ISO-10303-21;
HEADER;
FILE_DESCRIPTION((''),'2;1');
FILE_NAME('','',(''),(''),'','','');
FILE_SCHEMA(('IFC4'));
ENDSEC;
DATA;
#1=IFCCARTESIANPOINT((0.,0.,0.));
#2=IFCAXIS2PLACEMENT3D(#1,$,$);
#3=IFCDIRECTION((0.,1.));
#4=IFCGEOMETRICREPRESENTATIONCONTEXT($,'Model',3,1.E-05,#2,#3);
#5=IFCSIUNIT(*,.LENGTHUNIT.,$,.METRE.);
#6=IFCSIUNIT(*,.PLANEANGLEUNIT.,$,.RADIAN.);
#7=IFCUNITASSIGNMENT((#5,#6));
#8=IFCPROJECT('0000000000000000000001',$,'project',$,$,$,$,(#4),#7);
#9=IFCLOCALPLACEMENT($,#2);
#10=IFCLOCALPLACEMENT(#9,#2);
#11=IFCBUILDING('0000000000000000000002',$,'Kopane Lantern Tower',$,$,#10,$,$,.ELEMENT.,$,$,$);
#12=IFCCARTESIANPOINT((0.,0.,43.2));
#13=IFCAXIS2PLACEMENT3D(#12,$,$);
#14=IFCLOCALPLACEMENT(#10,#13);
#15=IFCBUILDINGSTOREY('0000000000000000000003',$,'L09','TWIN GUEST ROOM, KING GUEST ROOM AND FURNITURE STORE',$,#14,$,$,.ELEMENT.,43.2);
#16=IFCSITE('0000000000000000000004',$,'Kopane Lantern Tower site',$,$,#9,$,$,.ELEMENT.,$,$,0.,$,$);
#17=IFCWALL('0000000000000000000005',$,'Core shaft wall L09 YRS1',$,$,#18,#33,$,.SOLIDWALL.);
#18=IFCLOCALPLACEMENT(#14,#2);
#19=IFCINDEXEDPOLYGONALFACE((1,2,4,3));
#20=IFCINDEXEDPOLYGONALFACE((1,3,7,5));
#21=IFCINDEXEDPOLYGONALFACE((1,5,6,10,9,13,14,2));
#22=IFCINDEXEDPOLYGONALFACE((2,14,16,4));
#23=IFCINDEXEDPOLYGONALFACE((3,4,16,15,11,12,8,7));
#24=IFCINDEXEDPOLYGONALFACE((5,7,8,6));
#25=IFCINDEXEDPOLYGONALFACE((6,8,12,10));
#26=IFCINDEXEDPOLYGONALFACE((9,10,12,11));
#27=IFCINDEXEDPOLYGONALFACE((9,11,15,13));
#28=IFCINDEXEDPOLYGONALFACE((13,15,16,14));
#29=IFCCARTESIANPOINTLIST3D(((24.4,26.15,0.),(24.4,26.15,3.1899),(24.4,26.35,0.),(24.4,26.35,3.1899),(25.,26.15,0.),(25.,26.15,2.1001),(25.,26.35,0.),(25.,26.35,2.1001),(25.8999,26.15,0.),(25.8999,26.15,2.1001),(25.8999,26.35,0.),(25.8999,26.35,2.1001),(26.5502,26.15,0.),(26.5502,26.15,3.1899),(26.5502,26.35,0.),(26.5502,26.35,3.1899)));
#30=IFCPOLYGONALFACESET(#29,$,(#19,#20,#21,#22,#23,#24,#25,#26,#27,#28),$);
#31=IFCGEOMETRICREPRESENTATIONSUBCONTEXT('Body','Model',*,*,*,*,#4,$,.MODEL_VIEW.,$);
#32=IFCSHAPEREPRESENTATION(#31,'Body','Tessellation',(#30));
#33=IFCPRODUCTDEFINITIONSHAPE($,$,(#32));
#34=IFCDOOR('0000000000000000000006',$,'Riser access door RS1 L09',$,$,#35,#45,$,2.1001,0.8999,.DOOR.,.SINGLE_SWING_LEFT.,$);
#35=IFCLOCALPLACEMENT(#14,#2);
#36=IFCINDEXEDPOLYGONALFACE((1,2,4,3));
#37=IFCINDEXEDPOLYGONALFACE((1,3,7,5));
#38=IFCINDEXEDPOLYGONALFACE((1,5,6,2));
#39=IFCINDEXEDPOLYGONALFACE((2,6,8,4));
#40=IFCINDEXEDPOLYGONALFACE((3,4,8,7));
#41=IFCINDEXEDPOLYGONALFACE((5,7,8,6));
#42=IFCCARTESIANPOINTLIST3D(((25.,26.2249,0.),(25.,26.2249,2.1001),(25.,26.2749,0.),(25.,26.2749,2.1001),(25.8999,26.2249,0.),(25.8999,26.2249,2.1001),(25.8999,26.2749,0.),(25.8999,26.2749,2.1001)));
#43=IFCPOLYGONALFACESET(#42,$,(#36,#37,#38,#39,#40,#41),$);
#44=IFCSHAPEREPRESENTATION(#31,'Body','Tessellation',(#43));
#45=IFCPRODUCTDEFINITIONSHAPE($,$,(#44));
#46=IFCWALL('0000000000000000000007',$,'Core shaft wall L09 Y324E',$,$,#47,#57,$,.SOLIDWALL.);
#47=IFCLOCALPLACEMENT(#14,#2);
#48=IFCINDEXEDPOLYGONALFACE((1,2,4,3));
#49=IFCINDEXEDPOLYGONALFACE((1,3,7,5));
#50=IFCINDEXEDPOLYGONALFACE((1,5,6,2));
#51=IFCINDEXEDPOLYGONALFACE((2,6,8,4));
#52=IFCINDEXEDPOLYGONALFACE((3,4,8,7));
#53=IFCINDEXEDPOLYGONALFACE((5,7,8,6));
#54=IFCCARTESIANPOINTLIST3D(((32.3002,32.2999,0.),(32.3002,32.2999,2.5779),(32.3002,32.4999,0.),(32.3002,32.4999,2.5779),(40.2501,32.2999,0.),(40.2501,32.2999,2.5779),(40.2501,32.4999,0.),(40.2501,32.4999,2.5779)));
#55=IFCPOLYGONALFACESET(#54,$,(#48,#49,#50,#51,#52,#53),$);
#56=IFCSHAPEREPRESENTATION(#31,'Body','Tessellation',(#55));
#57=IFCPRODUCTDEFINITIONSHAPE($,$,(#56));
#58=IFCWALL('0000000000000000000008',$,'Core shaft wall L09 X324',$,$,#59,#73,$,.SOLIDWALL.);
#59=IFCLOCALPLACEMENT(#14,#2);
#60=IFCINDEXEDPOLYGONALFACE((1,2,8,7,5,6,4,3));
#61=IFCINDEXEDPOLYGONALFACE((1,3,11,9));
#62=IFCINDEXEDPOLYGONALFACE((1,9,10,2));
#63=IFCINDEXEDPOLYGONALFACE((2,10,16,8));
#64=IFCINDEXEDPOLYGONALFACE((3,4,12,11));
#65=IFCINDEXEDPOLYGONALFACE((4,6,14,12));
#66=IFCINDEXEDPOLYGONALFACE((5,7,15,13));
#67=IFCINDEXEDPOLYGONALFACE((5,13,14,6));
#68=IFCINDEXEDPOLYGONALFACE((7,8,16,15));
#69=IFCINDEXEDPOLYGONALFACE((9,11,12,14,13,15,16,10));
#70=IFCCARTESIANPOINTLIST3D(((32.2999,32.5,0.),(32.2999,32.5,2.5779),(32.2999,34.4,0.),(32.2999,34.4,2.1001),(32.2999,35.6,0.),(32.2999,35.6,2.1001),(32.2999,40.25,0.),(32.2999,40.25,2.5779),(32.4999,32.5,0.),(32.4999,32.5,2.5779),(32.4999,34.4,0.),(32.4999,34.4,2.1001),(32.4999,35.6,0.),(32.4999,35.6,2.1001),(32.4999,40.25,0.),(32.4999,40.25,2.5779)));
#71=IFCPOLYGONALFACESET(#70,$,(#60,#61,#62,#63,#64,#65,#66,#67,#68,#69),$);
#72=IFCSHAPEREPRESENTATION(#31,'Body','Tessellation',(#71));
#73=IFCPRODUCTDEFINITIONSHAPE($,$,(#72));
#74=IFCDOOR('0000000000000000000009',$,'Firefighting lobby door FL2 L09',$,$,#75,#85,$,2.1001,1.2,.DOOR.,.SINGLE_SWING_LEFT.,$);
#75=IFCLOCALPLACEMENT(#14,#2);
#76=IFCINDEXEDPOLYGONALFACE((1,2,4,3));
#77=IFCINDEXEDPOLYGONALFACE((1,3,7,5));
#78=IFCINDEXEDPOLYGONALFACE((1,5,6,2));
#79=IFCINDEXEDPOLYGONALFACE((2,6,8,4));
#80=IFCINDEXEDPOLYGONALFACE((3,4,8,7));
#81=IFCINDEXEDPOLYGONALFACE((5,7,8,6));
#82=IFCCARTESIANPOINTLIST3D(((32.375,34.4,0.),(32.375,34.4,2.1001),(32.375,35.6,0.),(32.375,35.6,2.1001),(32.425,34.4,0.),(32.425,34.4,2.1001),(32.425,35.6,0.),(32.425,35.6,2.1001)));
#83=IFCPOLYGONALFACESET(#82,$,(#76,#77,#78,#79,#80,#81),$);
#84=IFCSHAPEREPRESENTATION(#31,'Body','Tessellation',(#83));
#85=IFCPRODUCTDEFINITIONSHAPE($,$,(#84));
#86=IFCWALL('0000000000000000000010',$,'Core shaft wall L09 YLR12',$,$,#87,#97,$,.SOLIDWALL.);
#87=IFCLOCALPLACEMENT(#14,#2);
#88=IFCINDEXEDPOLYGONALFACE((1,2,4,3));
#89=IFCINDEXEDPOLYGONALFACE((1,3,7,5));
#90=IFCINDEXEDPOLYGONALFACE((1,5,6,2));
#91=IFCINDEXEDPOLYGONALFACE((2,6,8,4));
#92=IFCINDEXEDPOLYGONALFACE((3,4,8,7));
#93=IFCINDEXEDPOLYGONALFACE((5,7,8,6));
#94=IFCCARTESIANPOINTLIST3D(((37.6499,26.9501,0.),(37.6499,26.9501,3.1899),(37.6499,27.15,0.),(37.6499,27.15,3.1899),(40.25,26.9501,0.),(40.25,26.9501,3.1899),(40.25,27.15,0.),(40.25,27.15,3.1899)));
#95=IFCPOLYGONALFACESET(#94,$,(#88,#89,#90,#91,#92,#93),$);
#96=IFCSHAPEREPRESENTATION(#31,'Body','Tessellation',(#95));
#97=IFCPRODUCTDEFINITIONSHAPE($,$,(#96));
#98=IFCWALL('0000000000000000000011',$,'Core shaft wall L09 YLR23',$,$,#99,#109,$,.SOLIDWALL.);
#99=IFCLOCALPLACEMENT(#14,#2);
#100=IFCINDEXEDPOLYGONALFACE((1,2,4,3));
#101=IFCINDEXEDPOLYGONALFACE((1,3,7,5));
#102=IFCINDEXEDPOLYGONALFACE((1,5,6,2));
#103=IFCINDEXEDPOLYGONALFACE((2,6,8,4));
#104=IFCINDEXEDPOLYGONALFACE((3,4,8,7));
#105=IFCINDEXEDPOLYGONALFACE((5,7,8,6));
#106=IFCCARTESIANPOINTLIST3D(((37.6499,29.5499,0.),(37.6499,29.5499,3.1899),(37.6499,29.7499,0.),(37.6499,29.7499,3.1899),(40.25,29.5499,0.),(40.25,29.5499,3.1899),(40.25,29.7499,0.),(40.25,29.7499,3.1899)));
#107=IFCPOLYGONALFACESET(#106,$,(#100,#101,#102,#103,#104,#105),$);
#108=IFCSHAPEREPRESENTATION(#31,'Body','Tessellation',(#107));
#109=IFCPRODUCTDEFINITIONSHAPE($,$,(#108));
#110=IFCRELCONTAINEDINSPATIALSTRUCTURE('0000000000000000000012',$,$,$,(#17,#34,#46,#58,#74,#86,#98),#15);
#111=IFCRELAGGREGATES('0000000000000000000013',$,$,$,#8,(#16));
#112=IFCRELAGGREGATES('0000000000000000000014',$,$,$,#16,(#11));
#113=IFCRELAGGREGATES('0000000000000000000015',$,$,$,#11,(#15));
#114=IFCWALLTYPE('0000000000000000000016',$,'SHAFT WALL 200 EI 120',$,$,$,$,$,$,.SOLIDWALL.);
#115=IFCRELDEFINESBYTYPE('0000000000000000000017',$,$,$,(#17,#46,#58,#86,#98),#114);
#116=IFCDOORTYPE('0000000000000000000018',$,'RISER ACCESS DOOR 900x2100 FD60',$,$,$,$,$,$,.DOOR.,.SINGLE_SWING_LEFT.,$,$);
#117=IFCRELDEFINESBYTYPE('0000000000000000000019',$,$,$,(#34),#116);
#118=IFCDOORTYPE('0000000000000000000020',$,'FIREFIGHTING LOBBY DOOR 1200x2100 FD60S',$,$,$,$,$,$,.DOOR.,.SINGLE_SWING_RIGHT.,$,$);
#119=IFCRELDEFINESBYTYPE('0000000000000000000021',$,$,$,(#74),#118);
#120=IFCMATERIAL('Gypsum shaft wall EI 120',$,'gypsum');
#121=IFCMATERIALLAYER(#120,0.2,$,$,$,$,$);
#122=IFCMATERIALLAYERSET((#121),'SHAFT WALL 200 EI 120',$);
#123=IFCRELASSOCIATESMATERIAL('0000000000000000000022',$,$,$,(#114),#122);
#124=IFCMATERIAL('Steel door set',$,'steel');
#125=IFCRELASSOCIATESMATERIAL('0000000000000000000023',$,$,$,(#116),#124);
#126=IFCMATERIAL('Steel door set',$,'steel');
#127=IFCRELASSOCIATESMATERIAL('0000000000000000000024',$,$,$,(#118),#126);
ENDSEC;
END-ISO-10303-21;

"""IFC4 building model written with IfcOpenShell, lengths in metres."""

from ifc_helpers import new_model, si_unit, direction, frame, frame_2d, origin, place, context, subcontext, project, spatial, rectangle, extrude, material, layer, layer_set, type_object, element, fill, save


model = new_model("IFC4")

# Units and contexts
model_context = context("Model", 3, precision=1e-05, world=origin(), true_north=direction((0.0, 1.0)))
body_context = subcontext(model_context, "Body", "Model", "MODEL_VIEW")
ifc_project = project(units=[si_unit("LENGTHUNIT", "METRE"), si_unit("PLANEANGLEUNIT", "RADIAN")], contexts=[model_context])

# Site, building, storey
site_placement = place(None, origin())
site = spatial("IfcSite", under=ifc_project, at=site_placement, Name="Kopane Lantern Tower site", CompositionType="ELEMENT", RefElevation=0.0)
building_placement = place(site_placement, origin())
building = spatial("IfcBuilding", under=site, at=building_placement, Name="Kopane Lantern Tower", CompositionType="ELEMENT")
storey_placement = place(building_placement, frame((0.0, 0.0, 43.2)))
storey = spatial("IfcBuildingStorey", under=building, at=storey_placement, Name="L09", Description="TWIN GUEST ROOM, KING GUEST ROOM AND FURNITURE STORE", CompositionType="ELEMENT", Elevation=43.2)

# Wall, opening, door
ifc_material_1 = material(Name="Gypsum shaft wall EI 120", Category="gypsum")
ifc_layer_1 = layer(ifc_material_1, 0.2)
ifc_layer_set_1 = layer_set([ifc_layer_1], Name="SHAFT WALL 200 EI 120")
wall_type_1 = type_object("IfcWallType", Name="SHAFT WALL 200 EI 120", PredefinedType="SOLIDWALL", material=ifc_layer_set_1)
wall_1_placement = place(storey_placement, frame((24.3999, 26.25, 0.0), z_axis=(0.0, 0.0, 1.0), x_axis=(1.0, 0.0, 0.0)))
wall_1 = element("IfcWall", 1, at=wall_1_placement, inside=storey, type_object=wall_type_1, Name="Core shaft wall L09 YRS1", PredefinedType="SOLIDWALL", context=body_context, shape_type="SweptSolid", body=[
    extrude(rectangle(XDim=2.1501, YDim=0.2, at=frame_2d((1.0752, 0.0))), origin(), (0.0, 0.0, 1.0), 3.1899),
])
opening_1_placement = place(wall_1_placement, frame((0.6001, 0.0, 0.0)))
opening_1 = element("IfcOpeningElement", 2, at=opening_1_placement, cuts=wall_1, PredefinedType="OPENING", context=body_context, shape_type="SweptSolid", body=[
    extrude(rectangle(XDim=0.8999, YDim=2.1001, at=frame_2d((0.45, 1.05))), frame((0.0, 0.1099, 0.0), z_axis=(0.0, -1.0, 0.0), x_axis=(1.0, 0.0, 0.0)), (0.0, 0.0, 1.0), 0.22),
])
ifc_material_2 = material(Name="Steel door set", Category="steel")
door_type_1 = type_object("IfcDoorType", Name="RISER ACCESS DOOR 900x2100 FD60", OperationType="SINGLE_SWING_LEFT", PredefinedType="DOOR", material=ifc_material_2)
door_1_placement = place(opening_1_placement, origin())
door_1 = element("IfcDoor", 3, at=door_1_placement, inside=storey, type_object=door_type_1, Name="Riser access door RS1 L09", OperationType="SINGLE_SWING_LEFT", OverallHeight=2.1001, OverallWidth=0.8999, PredefinedType="DOOR", context=body_context, shape_type="SweptSolid", body=[
    extrude(rectangle(XDim=0.8999, YDim=2.1001, at=frame_2d((0.45, 1.05))), frame((0.0, 0.0249, 0.0), z_axis=(0.0, -1.0, 0.0), x_axis=(1.0, 0.0, 0.0)), (0.0, 0.0, 1.0), 0.05),
])
fill(opening_1, door_1)

# Wall
wall_2_placement = place(storey_placement, frame((32.3, 32.3999, 0.0), z_axis=(0.0, 0.0, 1.0), x_axis=(1.0, 0.0, 0.0)))
element("IfcWall", 4, at=wall_2_placement, inside=storey, type_object=wall_type_1, Name="Core shaft wall L09 Y324E", PredefinedType="SOLIDWALL", context=body_context, shape_type="SweptSolid", body=[
    extrude(rectangle(XDim=7.95, YDim=0.2, at=frame_2d((3.9751, 0.0))), origin(), (0.0, 0.0, 1.0), 2.5779),
])

# Wall, opening, door
wall_3_placement = place(storey_placement, frame((32.3999, 32.5, 0.0), z_axis=(0.0, 0.0, 1.0), x_axis=(0.0, 1.0, 0.0)))
wall_3 = element("IfcWall", 5, at=wall_3_placement, inside=storey, type_object=wall_type_1, Name="Core shaft wall L09 X324", PredefinedType="SOLIDWALL", context=body_context, shape_type="SweptSolid", body=[
    extrude(rectangle(XDim=7.75, YDim=0.2, at=frame_2d((3.875, 0.0))), origin(), (0.0, 0.0, 1.0), 2.5779),
])
opening_2_placement = place(wall_3_placement, frame((1.8999, 0.0, 0.0)))
opening_2 = element("IfcOpeningElement", 6, at=opening_2_placement, cuts=wall_3, PredefinedType="OPENING", context=body_context, shape_type="SweptSolid", body=[
    extrude(rectangle(XDim=1.2, YDim=2.1001, at=frame_2d((0.6001, 1.05))), frame((0.0, 0.1099, 0.0), z_axis=(0.0, -1.0, 0.0), x_axis=(1.0, 0.0, 0.0)), (0.0, 0.0, 1.0), 0.22),
])
ifc_material_3 = material(Name="Steel door set", Category="steel")
door_type_2 = type_object("IfcDoorType", Name="FIREFIGHTING LOBBY DOOR 1200x2100 FD60S", OperationType="SINGLE_SWING_RIGHT", PredefinedType="DOOR", material=ifc_material_3)
door_2_placement = place(opening_2_placement, origin())
door_2 = element("IfcDoor", 7, at=door_2_placement, inside=storey, type_object=door_type_2, Name="Firefighting lobby door FL2 L09", OperationType="SINGLE_SWING_LEFT", OverallHeight=2.1001, OverallWidth=1.2, PredefinedType="DOOR", context=body_context, shape_type="SweptSolid", body=[
    extrude(rectangle(XDim=1.2, YDim=2.1001, at=frame_2d((0.6001, 1.05))), frame((0.0, 0.0249, 0.0), z_axis=(0.0, -1.0, 0.0), x_axis=(1.0, 0.0, 0.0)), (0.0, 0.0, 1.0), 0.05),
])
fill(opening_2, door_2)

# Walls
for number, where, z_axis, x_axis, name in (
    (8, (37.6499, 27.05, 0.0), (0.0, 0.0, 1.0), (1.0, 0.0, 0.0), "Core shaft wall L09 YLR12"),
    (9, (37.6499, 29.6499, 0.0), (0.0, 0.0, 1.0), (1.0, 0.0, 0.0), "Core shaft wall L09 YLR23"),
):
    element("IfcWall", number, at=place(storey_placement, frame(where, z_axis=z_axis, x_axis=x_axis)), inside=storey, type_object=wall_type_1, Name=name, PredefinedType="SOLIDWALL", context=body_context, shape_type="SweptSolid", body=[
        extrude(rectangle(XDim=2.6001, YDim=0.2, at=frame_2d((1.3, 0.0))), origin(), (0.0, 0.0, 1.0), 3.1899),
    ])

save(model, "model.ifc")
